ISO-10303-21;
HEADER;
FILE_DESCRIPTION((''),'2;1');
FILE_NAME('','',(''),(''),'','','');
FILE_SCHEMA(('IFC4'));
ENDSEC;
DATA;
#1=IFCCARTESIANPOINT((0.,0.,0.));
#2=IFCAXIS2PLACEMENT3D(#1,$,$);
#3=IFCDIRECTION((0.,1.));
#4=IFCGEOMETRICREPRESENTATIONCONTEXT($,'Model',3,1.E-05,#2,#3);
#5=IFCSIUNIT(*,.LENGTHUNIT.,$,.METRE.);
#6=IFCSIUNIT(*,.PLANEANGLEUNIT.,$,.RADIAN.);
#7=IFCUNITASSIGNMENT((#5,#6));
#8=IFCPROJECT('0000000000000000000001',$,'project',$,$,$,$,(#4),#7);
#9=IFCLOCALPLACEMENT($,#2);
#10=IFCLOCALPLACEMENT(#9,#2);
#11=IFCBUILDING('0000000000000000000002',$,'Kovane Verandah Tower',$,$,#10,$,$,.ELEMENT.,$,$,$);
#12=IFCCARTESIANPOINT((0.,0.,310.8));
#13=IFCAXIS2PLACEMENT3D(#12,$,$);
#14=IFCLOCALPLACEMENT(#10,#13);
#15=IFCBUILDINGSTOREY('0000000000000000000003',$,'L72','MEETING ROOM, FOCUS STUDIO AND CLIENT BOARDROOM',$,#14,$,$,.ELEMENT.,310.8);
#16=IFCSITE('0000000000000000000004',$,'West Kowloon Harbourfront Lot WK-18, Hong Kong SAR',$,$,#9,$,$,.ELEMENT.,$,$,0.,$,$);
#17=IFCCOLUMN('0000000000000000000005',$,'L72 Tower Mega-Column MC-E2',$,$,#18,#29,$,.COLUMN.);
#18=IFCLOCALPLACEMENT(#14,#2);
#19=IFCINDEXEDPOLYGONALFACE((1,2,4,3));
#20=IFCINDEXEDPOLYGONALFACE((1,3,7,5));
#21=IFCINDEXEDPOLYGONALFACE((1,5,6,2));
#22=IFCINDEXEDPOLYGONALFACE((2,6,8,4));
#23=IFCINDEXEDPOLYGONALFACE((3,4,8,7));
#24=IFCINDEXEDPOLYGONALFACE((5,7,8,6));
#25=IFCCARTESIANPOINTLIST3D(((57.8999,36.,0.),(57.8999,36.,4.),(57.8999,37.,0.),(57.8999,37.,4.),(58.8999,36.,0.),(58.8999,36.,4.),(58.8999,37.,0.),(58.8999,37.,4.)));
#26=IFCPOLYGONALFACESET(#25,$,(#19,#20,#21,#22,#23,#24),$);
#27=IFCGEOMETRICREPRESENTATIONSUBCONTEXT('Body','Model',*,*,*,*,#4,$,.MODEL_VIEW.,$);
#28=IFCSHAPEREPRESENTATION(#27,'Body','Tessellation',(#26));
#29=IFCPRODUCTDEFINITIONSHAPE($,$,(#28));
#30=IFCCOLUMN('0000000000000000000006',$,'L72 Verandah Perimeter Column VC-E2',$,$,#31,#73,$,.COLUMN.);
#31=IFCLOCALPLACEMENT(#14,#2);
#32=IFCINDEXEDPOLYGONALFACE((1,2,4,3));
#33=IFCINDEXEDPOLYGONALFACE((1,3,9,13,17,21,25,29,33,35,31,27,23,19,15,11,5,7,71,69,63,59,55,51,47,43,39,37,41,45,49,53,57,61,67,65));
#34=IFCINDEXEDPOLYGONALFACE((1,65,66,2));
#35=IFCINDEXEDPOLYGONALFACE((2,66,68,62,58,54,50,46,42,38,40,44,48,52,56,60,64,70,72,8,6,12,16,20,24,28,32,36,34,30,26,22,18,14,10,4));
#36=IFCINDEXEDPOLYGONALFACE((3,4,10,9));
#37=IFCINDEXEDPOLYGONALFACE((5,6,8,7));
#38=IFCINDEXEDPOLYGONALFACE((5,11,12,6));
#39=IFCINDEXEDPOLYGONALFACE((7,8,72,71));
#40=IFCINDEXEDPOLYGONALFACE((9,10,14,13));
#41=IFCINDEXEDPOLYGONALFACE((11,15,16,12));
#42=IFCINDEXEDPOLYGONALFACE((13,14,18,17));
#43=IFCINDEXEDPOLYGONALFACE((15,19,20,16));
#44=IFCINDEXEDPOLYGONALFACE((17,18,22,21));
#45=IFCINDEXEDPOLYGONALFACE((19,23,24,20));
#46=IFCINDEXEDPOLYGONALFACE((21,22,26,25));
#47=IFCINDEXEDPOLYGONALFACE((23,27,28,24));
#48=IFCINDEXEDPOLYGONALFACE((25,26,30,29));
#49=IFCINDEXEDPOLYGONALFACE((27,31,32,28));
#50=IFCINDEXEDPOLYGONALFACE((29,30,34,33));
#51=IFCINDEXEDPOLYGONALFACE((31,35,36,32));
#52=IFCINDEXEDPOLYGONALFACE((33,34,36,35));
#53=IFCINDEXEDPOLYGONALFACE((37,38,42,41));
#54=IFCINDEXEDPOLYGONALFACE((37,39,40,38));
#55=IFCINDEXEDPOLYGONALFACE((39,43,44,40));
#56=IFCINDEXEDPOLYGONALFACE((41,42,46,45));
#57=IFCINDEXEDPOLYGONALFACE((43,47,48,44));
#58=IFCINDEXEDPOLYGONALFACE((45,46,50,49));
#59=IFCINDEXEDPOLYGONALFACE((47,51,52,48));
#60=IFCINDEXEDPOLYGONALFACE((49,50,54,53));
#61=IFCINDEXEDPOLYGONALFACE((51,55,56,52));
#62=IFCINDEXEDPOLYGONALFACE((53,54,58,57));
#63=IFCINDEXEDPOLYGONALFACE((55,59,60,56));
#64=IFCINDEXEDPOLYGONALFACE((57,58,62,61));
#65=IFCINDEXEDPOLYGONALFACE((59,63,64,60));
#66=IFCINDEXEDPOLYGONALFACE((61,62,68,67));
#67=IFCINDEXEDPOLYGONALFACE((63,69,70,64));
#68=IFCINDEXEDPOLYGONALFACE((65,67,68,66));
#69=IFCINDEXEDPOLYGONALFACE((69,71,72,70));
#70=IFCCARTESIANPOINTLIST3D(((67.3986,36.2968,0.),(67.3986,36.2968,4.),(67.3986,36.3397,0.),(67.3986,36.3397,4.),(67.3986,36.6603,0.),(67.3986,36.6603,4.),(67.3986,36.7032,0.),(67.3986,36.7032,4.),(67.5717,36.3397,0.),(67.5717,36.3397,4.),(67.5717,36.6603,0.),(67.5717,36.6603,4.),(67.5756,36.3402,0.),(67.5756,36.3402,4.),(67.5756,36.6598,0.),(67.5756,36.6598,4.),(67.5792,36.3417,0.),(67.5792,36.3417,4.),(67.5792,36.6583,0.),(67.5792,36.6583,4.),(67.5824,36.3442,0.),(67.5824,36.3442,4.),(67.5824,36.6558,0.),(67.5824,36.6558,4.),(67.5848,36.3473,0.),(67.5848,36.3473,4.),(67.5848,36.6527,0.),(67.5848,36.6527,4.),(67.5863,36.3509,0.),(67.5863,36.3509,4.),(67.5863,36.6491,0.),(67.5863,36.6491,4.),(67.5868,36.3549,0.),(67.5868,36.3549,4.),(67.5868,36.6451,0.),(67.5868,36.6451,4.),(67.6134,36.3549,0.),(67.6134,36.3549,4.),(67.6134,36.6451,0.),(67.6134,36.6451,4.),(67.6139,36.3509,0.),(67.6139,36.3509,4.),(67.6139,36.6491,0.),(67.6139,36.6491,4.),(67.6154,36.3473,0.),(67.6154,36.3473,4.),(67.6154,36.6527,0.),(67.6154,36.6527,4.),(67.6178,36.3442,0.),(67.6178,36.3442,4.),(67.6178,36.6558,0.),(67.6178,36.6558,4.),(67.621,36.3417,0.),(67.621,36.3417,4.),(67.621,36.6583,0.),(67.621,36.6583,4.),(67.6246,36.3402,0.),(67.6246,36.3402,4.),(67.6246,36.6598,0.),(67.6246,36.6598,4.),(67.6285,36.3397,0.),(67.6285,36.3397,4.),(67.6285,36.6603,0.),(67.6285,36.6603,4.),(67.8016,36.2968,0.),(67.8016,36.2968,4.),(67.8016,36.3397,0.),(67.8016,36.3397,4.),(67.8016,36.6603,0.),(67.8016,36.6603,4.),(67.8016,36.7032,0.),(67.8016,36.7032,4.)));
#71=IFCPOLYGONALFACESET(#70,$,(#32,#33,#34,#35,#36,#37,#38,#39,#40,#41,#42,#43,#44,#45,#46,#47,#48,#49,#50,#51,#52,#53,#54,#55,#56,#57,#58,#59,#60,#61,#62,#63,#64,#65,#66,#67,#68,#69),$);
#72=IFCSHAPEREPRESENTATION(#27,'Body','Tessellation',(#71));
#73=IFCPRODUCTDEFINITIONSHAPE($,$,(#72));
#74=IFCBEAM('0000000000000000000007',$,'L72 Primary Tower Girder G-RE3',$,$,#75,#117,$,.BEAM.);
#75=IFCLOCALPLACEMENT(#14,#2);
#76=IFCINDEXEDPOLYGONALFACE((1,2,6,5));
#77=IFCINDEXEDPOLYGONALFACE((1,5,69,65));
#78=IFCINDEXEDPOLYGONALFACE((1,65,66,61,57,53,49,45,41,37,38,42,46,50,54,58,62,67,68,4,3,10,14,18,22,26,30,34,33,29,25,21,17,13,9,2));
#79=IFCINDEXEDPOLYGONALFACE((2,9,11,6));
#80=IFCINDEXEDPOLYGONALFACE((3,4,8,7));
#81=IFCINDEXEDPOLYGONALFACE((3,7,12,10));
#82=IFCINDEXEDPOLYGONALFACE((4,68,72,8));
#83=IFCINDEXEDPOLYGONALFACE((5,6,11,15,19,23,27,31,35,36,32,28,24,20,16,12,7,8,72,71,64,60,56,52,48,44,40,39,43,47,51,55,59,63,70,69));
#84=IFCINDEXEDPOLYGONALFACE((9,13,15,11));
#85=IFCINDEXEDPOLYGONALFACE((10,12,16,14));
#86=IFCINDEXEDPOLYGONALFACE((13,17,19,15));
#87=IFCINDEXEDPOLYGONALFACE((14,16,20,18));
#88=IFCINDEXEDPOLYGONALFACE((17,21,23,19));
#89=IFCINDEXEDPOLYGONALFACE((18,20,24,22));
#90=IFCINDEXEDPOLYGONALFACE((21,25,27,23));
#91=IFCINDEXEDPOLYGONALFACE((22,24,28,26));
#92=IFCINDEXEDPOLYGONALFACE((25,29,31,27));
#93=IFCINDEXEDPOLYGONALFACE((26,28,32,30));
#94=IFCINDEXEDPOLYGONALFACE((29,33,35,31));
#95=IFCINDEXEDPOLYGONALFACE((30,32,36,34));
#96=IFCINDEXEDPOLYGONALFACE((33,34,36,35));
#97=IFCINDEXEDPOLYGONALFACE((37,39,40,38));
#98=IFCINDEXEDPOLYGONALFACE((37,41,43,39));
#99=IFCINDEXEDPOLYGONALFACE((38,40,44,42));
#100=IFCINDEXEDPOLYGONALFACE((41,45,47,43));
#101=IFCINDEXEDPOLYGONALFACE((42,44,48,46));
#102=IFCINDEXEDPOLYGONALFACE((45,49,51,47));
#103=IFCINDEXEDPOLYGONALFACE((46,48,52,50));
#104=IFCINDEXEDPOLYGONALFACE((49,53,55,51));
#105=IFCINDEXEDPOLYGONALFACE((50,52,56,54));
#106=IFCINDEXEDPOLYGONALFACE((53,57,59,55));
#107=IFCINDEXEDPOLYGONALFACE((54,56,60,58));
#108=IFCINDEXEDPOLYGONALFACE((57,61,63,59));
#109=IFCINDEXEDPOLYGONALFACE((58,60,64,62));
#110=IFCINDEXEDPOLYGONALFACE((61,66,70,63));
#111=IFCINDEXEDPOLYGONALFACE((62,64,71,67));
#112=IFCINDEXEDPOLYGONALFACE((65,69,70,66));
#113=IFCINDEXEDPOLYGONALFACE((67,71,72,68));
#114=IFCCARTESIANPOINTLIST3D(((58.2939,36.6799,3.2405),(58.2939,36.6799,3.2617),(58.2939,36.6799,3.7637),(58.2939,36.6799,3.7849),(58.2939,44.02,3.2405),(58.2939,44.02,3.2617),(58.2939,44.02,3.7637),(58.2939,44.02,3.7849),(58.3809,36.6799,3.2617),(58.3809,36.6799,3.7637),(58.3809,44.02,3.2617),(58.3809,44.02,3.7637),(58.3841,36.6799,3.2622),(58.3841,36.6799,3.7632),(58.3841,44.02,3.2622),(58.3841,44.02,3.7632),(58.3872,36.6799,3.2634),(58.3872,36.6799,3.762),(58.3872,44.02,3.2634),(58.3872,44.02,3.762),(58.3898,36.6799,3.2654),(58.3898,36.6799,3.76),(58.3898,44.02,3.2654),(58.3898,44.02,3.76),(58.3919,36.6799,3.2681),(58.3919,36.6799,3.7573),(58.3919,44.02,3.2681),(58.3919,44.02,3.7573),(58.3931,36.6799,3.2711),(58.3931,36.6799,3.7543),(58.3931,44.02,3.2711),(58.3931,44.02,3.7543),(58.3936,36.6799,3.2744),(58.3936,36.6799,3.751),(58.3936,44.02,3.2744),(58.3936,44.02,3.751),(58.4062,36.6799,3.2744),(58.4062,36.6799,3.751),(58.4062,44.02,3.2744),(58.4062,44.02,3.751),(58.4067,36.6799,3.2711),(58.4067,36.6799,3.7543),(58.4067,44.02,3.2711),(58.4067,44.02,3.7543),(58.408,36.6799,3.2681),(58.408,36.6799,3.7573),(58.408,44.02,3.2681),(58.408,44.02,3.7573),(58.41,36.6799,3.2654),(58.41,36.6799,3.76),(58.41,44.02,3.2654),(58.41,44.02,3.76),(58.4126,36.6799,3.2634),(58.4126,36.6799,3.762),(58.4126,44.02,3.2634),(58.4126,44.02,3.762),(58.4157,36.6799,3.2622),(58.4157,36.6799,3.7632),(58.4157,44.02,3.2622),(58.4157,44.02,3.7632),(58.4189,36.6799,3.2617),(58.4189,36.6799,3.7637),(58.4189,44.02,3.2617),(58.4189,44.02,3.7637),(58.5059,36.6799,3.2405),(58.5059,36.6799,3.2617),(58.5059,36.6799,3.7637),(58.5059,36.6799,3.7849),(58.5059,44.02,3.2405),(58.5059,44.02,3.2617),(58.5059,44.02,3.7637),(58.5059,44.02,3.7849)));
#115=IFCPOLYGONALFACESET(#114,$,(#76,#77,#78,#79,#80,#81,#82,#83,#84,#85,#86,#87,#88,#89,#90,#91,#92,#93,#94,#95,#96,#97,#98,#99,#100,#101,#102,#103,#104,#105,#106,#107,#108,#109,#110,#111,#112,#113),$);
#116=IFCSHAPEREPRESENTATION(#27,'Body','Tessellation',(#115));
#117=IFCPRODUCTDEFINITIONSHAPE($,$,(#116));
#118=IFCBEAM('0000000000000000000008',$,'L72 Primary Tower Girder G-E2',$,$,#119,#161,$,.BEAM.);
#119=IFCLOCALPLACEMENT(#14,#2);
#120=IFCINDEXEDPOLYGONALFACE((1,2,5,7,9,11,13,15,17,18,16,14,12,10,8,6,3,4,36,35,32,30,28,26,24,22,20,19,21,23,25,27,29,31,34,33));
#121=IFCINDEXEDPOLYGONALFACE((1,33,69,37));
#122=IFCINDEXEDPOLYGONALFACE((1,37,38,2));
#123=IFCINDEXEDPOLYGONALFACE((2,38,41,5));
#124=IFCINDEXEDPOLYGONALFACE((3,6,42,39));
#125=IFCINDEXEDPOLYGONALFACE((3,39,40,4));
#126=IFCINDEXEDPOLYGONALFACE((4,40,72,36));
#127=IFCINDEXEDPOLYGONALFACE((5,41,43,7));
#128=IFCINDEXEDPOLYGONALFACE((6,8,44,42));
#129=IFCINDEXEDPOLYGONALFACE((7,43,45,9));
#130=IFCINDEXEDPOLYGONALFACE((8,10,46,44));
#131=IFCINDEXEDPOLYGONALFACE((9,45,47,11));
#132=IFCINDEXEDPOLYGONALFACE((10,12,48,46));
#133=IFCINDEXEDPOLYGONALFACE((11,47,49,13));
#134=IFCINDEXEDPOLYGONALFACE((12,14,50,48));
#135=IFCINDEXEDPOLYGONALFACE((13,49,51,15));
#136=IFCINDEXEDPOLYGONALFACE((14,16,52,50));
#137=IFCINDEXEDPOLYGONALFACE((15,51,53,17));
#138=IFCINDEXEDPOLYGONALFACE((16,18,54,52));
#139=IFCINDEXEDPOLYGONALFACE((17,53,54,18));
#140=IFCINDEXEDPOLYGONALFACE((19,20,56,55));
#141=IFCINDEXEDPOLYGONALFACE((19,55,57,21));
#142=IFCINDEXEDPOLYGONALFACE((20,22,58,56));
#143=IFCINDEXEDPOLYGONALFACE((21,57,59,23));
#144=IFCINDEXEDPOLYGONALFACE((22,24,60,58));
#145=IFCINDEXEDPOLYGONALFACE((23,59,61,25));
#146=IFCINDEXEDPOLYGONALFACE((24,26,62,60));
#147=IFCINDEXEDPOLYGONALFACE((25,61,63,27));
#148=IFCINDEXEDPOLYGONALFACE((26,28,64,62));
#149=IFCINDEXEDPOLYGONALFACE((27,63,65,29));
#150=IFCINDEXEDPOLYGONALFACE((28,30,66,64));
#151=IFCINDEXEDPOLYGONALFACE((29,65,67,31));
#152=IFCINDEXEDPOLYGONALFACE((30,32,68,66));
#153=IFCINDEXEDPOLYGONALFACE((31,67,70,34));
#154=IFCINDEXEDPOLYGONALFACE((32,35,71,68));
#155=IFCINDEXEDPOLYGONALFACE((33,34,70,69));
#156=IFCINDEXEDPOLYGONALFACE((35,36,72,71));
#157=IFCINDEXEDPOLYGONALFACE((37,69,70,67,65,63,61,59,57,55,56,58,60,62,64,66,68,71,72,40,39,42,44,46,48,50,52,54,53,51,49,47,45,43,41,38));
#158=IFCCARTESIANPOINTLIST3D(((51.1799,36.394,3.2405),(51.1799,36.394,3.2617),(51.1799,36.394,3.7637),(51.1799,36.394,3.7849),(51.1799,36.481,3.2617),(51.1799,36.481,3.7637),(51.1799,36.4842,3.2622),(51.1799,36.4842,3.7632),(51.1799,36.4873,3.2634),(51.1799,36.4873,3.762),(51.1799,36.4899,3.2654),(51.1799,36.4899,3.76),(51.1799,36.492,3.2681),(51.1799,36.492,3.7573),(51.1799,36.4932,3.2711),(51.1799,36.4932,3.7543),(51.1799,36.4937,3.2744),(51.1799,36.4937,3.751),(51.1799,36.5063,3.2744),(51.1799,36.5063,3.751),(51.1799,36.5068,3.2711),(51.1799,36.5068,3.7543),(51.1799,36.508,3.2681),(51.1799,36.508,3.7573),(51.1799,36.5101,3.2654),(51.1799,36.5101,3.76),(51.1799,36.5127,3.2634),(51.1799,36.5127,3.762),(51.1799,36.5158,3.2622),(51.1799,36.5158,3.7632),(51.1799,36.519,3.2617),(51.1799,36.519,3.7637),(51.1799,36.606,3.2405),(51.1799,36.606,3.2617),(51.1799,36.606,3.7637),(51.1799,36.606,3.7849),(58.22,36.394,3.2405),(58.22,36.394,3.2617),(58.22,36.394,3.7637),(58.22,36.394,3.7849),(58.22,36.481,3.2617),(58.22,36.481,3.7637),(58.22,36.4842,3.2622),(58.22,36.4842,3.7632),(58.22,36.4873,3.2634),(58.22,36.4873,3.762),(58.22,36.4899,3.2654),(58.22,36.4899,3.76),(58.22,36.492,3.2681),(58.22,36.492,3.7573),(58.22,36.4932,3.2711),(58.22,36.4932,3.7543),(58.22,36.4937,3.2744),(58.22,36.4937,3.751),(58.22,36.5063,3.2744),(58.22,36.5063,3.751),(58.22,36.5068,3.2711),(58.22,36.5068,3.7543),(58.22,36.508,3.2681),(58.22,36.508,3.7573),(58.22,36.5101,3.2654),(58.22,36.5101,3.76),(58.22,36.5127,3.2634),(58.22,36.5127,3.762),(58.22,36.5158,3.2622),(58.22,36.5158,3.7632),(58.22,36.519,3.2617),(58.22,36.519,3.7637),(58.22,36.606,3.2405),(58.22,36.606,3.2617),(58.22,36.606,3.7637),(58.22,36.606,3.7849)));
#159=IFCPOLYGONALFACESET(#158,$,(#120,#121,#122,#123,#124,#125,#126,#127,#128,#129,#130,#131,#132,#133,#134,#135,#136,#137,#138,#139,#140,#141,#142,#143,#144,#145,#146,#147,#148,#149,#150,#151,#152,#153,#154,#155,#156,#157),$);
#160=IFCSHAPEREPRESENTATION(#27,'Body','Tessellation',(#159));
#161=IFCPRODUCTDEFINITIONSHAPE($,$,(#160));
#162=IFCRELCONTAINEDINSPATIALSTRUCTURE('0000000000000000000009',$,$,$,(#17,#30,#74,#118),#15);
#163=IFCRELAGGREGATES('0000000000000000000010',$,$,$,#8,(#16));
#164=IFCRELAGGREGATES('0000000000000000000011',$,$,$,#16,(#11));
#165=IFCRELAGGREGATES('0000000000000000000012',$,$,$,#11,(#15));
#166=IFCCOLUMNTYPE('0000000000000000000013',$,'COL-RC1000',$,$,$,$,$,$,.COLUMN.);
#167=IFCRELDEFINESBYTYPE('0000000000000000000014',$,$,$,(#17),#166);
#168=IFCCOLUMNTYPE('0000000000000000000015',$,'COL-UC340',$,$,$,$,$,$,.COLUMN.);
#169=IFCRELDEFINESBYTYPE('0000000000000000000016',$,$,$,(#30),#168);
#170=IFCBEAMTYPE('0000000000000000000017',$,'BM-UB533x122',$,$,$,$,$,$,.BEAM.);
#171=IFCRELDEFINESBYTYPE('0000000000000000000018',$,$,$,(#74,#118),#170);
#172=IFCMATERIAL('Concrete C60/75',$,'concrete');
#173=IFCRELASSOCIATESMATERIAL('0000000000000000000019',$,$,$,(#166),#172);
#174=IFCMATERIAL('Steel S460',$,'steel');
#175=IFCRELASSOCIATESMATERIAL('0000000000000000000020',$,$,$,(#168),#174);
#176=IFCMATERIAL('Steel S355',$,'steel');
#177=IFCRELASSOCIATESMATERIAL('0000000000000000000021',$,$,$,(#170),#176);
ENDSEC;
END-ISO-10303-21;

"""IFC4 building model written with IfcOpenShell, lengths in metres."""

from ifc_helpers import new_model, si_unit, direction, frame, origin, origin_2d, place, context, subcontext, project, spatial, rectangle, i_section, extrude, material, material_profile, profile_set, type_object, element, save


model = new_model("IFC4")

# Units and contexts
model_context = context("Model", 3, precision=1e-05, world=origin(), true_north=direction((0.0, 1.0)))
body_context = subcontext(model_context, "Body", "Model", "MODEL_VIEW")
ifc_project = project(units=[si_unit("LENGTHUNIT", "METRE"), si_unit("PLANEANGLEUNIT", "RADIAN")], contexts=[model_context])

# Site, building, storey
site_placement = place(None, origin())
site = spatial("IfcSite", under=ifc_project, at=site_placement, Name="West Kowloon Harbourfront Lot WK-18, Hong Kong SAR", CompositionType="ELEMENT", RefElevation=0.0)
building_placement = place(site_placement, origin())
building = spatial("IfcBuilding", under=site, at=building_placement, Name="Kovane Verandah Tower", CompositionType="ELEMENT")
storey_placement = place(building_placement, frame((0.0, 0.0, 310.8)))
storey = spatial("IfcBuildingStorey", under=building, at=storey_placement, Name="L72", Description="MEETING ROOM, FOCUS STUDIO AND CLIENT BOARDROOM", CompositionType="ELEMENT", Elevation=310.8)

# Columns
ifc_material_1 = material(Name="Concrete C60/75", Category="concrete")
ifc_material_profile_1 = material_profile(ifc_material_1, rectangle(XDim=1.0, YDim=1.0, at=origin_2d()), Name="RC1000x1000")
ifc_profile_set_1 = profile_set([ifc_material_profile_1], Name="Concrete C60/75")
column_type_1 = type_object("IfcColumnType", Name="COL-RC1000", PredefinedType="COLUMN", material=ifc_profile_set_1)
column_1_placement = place(storey_placement, frame((58.3999, 36.5, 0.0), z_axis=(0.0, 0.0, 1.0), x_axis=(1.0, 0.0, 0.0)))
element("IfcColumn", 1, at=column_1_placement, inside=storey, type_object=column_type_1, Name="L72 Tower Mega-Column MC-E2", PredefinedType="COLUMN", context=body_context, shape_type="SweptSolid", body=[
    extrude(rectangle(XDim=1.0, YDim=1.0, at=origin_2d()), origin(), (0.0, 0.0, 1.0), 4.0),
])
ifc_material_2 = material(Name="Steel S460", Category="steel")
ifc_material_profile_2 = material_profile(ifc_material_2, i_section(OverallWidth=0.4031, OverallDepth=0.4065, WebThickness=0.0266, FlangeThickness=0.043, FilletRadius=0.0151, at=origin_2d()), Name="UC356x406x340")
ifc_profile_set_2 = profile_set([ifc_material_profile_2], Name="Steel S460")
column_type_2 = type_object("IfcColumnType", Name="COL-UC340", PredefinedType="COLUMN", material=ifc_profile_set_2)
column_2_placement = place(storey_placement, frame((67.6001, 36.5, 0.0), z_axis=(0.0, 0.0, 1.0), x_axis=(1.0, 0.0, 0.0)))
element("IfcColumn", 2, at=column_2_placement, inside=storey, type_object=column_type_2, Name="L72 Verandah Perimeter Column VC-E2", PredefinedType="COLUMN", context=body_context, shape_type="SweptSolid", body=[
    extrude(i_section(OverallWidth=0.4031, OverallDepth=0.4065, WebThickness=0.0266, FlangeThickness=0.043, FilletRadius=0.0151, at=origin_2d()), origin(), (0.0, 0.0, 1.0), 4.0),
])

# Beams
ifc_material_3 = material(Name="Steel S355", Category="steel")
ifc_material_profile_3 = material_profile(ifc_material_3, i_section(OverallWidth=0.2119, OverallDepth=0.5444, WebThickness=0.0127, FlangeThickness=0.0212, FilletRadius=0.0127, at=origin_2d()), Name="UB533x210x122")
ifc_profile_set_3 = profile_set([ifc_material_profile_3], Name="Steel S355")
beam_type_1 = type_object("IfcBeamType", Name="BM-UB533x122", PredefinedType="BEAM", material=ifc_profile_set_3)
beam_1_placement = place(storey_placement, frame((58.3999, 36.6799, 3.5127), z_axis=(0.0, 1.0, 0.0), x_axis=(-1.0, 0.0, 0.0)))
element("IfcBeam", 3, at=beam_1_placement, inside=storey, type_object=beam_type_1, Name="L72 Primary Tower Girder G-RE3", PredefinedType="BEAM", context=body_context, shape_type="SweptSolid", body=[
    extrude(i_section(OverallWidth=0.2119, OverallDepth=0.5444, WebThickness=0.0127, FlangeThickness=0.0212, FilletRadius=0.0127, at=origin_2d()), origin(), (0.0, 0.0, 1.0), 7.3401),
])
beam_2_placement = place(storey_placement, frame((51.1799, 36.5, 3.5127), z_axis=(1.0, 0.0, 0.0), x_axis=(0.0, 1.0, 0.0)))
element("IfcBeam", 4, at=beam_2_placement, inside=storey, type_object=beam_type_1, Name="L72 Primary Tower Girder G-E2", PredefinedType="BEAM", context=body_context, shape_type="SweptSolid", body=[
    extrude(i_section(OverallWidth=0.2119, OverallDepth=0.5444, WebThickness=0.0127, FlangeThickness=0.0212, FilletRadius=0.0127, at=origin_2d()), origin(), (0.0, 0.0, 1.0), 7.04),
])

save(model, "model.ifc")
